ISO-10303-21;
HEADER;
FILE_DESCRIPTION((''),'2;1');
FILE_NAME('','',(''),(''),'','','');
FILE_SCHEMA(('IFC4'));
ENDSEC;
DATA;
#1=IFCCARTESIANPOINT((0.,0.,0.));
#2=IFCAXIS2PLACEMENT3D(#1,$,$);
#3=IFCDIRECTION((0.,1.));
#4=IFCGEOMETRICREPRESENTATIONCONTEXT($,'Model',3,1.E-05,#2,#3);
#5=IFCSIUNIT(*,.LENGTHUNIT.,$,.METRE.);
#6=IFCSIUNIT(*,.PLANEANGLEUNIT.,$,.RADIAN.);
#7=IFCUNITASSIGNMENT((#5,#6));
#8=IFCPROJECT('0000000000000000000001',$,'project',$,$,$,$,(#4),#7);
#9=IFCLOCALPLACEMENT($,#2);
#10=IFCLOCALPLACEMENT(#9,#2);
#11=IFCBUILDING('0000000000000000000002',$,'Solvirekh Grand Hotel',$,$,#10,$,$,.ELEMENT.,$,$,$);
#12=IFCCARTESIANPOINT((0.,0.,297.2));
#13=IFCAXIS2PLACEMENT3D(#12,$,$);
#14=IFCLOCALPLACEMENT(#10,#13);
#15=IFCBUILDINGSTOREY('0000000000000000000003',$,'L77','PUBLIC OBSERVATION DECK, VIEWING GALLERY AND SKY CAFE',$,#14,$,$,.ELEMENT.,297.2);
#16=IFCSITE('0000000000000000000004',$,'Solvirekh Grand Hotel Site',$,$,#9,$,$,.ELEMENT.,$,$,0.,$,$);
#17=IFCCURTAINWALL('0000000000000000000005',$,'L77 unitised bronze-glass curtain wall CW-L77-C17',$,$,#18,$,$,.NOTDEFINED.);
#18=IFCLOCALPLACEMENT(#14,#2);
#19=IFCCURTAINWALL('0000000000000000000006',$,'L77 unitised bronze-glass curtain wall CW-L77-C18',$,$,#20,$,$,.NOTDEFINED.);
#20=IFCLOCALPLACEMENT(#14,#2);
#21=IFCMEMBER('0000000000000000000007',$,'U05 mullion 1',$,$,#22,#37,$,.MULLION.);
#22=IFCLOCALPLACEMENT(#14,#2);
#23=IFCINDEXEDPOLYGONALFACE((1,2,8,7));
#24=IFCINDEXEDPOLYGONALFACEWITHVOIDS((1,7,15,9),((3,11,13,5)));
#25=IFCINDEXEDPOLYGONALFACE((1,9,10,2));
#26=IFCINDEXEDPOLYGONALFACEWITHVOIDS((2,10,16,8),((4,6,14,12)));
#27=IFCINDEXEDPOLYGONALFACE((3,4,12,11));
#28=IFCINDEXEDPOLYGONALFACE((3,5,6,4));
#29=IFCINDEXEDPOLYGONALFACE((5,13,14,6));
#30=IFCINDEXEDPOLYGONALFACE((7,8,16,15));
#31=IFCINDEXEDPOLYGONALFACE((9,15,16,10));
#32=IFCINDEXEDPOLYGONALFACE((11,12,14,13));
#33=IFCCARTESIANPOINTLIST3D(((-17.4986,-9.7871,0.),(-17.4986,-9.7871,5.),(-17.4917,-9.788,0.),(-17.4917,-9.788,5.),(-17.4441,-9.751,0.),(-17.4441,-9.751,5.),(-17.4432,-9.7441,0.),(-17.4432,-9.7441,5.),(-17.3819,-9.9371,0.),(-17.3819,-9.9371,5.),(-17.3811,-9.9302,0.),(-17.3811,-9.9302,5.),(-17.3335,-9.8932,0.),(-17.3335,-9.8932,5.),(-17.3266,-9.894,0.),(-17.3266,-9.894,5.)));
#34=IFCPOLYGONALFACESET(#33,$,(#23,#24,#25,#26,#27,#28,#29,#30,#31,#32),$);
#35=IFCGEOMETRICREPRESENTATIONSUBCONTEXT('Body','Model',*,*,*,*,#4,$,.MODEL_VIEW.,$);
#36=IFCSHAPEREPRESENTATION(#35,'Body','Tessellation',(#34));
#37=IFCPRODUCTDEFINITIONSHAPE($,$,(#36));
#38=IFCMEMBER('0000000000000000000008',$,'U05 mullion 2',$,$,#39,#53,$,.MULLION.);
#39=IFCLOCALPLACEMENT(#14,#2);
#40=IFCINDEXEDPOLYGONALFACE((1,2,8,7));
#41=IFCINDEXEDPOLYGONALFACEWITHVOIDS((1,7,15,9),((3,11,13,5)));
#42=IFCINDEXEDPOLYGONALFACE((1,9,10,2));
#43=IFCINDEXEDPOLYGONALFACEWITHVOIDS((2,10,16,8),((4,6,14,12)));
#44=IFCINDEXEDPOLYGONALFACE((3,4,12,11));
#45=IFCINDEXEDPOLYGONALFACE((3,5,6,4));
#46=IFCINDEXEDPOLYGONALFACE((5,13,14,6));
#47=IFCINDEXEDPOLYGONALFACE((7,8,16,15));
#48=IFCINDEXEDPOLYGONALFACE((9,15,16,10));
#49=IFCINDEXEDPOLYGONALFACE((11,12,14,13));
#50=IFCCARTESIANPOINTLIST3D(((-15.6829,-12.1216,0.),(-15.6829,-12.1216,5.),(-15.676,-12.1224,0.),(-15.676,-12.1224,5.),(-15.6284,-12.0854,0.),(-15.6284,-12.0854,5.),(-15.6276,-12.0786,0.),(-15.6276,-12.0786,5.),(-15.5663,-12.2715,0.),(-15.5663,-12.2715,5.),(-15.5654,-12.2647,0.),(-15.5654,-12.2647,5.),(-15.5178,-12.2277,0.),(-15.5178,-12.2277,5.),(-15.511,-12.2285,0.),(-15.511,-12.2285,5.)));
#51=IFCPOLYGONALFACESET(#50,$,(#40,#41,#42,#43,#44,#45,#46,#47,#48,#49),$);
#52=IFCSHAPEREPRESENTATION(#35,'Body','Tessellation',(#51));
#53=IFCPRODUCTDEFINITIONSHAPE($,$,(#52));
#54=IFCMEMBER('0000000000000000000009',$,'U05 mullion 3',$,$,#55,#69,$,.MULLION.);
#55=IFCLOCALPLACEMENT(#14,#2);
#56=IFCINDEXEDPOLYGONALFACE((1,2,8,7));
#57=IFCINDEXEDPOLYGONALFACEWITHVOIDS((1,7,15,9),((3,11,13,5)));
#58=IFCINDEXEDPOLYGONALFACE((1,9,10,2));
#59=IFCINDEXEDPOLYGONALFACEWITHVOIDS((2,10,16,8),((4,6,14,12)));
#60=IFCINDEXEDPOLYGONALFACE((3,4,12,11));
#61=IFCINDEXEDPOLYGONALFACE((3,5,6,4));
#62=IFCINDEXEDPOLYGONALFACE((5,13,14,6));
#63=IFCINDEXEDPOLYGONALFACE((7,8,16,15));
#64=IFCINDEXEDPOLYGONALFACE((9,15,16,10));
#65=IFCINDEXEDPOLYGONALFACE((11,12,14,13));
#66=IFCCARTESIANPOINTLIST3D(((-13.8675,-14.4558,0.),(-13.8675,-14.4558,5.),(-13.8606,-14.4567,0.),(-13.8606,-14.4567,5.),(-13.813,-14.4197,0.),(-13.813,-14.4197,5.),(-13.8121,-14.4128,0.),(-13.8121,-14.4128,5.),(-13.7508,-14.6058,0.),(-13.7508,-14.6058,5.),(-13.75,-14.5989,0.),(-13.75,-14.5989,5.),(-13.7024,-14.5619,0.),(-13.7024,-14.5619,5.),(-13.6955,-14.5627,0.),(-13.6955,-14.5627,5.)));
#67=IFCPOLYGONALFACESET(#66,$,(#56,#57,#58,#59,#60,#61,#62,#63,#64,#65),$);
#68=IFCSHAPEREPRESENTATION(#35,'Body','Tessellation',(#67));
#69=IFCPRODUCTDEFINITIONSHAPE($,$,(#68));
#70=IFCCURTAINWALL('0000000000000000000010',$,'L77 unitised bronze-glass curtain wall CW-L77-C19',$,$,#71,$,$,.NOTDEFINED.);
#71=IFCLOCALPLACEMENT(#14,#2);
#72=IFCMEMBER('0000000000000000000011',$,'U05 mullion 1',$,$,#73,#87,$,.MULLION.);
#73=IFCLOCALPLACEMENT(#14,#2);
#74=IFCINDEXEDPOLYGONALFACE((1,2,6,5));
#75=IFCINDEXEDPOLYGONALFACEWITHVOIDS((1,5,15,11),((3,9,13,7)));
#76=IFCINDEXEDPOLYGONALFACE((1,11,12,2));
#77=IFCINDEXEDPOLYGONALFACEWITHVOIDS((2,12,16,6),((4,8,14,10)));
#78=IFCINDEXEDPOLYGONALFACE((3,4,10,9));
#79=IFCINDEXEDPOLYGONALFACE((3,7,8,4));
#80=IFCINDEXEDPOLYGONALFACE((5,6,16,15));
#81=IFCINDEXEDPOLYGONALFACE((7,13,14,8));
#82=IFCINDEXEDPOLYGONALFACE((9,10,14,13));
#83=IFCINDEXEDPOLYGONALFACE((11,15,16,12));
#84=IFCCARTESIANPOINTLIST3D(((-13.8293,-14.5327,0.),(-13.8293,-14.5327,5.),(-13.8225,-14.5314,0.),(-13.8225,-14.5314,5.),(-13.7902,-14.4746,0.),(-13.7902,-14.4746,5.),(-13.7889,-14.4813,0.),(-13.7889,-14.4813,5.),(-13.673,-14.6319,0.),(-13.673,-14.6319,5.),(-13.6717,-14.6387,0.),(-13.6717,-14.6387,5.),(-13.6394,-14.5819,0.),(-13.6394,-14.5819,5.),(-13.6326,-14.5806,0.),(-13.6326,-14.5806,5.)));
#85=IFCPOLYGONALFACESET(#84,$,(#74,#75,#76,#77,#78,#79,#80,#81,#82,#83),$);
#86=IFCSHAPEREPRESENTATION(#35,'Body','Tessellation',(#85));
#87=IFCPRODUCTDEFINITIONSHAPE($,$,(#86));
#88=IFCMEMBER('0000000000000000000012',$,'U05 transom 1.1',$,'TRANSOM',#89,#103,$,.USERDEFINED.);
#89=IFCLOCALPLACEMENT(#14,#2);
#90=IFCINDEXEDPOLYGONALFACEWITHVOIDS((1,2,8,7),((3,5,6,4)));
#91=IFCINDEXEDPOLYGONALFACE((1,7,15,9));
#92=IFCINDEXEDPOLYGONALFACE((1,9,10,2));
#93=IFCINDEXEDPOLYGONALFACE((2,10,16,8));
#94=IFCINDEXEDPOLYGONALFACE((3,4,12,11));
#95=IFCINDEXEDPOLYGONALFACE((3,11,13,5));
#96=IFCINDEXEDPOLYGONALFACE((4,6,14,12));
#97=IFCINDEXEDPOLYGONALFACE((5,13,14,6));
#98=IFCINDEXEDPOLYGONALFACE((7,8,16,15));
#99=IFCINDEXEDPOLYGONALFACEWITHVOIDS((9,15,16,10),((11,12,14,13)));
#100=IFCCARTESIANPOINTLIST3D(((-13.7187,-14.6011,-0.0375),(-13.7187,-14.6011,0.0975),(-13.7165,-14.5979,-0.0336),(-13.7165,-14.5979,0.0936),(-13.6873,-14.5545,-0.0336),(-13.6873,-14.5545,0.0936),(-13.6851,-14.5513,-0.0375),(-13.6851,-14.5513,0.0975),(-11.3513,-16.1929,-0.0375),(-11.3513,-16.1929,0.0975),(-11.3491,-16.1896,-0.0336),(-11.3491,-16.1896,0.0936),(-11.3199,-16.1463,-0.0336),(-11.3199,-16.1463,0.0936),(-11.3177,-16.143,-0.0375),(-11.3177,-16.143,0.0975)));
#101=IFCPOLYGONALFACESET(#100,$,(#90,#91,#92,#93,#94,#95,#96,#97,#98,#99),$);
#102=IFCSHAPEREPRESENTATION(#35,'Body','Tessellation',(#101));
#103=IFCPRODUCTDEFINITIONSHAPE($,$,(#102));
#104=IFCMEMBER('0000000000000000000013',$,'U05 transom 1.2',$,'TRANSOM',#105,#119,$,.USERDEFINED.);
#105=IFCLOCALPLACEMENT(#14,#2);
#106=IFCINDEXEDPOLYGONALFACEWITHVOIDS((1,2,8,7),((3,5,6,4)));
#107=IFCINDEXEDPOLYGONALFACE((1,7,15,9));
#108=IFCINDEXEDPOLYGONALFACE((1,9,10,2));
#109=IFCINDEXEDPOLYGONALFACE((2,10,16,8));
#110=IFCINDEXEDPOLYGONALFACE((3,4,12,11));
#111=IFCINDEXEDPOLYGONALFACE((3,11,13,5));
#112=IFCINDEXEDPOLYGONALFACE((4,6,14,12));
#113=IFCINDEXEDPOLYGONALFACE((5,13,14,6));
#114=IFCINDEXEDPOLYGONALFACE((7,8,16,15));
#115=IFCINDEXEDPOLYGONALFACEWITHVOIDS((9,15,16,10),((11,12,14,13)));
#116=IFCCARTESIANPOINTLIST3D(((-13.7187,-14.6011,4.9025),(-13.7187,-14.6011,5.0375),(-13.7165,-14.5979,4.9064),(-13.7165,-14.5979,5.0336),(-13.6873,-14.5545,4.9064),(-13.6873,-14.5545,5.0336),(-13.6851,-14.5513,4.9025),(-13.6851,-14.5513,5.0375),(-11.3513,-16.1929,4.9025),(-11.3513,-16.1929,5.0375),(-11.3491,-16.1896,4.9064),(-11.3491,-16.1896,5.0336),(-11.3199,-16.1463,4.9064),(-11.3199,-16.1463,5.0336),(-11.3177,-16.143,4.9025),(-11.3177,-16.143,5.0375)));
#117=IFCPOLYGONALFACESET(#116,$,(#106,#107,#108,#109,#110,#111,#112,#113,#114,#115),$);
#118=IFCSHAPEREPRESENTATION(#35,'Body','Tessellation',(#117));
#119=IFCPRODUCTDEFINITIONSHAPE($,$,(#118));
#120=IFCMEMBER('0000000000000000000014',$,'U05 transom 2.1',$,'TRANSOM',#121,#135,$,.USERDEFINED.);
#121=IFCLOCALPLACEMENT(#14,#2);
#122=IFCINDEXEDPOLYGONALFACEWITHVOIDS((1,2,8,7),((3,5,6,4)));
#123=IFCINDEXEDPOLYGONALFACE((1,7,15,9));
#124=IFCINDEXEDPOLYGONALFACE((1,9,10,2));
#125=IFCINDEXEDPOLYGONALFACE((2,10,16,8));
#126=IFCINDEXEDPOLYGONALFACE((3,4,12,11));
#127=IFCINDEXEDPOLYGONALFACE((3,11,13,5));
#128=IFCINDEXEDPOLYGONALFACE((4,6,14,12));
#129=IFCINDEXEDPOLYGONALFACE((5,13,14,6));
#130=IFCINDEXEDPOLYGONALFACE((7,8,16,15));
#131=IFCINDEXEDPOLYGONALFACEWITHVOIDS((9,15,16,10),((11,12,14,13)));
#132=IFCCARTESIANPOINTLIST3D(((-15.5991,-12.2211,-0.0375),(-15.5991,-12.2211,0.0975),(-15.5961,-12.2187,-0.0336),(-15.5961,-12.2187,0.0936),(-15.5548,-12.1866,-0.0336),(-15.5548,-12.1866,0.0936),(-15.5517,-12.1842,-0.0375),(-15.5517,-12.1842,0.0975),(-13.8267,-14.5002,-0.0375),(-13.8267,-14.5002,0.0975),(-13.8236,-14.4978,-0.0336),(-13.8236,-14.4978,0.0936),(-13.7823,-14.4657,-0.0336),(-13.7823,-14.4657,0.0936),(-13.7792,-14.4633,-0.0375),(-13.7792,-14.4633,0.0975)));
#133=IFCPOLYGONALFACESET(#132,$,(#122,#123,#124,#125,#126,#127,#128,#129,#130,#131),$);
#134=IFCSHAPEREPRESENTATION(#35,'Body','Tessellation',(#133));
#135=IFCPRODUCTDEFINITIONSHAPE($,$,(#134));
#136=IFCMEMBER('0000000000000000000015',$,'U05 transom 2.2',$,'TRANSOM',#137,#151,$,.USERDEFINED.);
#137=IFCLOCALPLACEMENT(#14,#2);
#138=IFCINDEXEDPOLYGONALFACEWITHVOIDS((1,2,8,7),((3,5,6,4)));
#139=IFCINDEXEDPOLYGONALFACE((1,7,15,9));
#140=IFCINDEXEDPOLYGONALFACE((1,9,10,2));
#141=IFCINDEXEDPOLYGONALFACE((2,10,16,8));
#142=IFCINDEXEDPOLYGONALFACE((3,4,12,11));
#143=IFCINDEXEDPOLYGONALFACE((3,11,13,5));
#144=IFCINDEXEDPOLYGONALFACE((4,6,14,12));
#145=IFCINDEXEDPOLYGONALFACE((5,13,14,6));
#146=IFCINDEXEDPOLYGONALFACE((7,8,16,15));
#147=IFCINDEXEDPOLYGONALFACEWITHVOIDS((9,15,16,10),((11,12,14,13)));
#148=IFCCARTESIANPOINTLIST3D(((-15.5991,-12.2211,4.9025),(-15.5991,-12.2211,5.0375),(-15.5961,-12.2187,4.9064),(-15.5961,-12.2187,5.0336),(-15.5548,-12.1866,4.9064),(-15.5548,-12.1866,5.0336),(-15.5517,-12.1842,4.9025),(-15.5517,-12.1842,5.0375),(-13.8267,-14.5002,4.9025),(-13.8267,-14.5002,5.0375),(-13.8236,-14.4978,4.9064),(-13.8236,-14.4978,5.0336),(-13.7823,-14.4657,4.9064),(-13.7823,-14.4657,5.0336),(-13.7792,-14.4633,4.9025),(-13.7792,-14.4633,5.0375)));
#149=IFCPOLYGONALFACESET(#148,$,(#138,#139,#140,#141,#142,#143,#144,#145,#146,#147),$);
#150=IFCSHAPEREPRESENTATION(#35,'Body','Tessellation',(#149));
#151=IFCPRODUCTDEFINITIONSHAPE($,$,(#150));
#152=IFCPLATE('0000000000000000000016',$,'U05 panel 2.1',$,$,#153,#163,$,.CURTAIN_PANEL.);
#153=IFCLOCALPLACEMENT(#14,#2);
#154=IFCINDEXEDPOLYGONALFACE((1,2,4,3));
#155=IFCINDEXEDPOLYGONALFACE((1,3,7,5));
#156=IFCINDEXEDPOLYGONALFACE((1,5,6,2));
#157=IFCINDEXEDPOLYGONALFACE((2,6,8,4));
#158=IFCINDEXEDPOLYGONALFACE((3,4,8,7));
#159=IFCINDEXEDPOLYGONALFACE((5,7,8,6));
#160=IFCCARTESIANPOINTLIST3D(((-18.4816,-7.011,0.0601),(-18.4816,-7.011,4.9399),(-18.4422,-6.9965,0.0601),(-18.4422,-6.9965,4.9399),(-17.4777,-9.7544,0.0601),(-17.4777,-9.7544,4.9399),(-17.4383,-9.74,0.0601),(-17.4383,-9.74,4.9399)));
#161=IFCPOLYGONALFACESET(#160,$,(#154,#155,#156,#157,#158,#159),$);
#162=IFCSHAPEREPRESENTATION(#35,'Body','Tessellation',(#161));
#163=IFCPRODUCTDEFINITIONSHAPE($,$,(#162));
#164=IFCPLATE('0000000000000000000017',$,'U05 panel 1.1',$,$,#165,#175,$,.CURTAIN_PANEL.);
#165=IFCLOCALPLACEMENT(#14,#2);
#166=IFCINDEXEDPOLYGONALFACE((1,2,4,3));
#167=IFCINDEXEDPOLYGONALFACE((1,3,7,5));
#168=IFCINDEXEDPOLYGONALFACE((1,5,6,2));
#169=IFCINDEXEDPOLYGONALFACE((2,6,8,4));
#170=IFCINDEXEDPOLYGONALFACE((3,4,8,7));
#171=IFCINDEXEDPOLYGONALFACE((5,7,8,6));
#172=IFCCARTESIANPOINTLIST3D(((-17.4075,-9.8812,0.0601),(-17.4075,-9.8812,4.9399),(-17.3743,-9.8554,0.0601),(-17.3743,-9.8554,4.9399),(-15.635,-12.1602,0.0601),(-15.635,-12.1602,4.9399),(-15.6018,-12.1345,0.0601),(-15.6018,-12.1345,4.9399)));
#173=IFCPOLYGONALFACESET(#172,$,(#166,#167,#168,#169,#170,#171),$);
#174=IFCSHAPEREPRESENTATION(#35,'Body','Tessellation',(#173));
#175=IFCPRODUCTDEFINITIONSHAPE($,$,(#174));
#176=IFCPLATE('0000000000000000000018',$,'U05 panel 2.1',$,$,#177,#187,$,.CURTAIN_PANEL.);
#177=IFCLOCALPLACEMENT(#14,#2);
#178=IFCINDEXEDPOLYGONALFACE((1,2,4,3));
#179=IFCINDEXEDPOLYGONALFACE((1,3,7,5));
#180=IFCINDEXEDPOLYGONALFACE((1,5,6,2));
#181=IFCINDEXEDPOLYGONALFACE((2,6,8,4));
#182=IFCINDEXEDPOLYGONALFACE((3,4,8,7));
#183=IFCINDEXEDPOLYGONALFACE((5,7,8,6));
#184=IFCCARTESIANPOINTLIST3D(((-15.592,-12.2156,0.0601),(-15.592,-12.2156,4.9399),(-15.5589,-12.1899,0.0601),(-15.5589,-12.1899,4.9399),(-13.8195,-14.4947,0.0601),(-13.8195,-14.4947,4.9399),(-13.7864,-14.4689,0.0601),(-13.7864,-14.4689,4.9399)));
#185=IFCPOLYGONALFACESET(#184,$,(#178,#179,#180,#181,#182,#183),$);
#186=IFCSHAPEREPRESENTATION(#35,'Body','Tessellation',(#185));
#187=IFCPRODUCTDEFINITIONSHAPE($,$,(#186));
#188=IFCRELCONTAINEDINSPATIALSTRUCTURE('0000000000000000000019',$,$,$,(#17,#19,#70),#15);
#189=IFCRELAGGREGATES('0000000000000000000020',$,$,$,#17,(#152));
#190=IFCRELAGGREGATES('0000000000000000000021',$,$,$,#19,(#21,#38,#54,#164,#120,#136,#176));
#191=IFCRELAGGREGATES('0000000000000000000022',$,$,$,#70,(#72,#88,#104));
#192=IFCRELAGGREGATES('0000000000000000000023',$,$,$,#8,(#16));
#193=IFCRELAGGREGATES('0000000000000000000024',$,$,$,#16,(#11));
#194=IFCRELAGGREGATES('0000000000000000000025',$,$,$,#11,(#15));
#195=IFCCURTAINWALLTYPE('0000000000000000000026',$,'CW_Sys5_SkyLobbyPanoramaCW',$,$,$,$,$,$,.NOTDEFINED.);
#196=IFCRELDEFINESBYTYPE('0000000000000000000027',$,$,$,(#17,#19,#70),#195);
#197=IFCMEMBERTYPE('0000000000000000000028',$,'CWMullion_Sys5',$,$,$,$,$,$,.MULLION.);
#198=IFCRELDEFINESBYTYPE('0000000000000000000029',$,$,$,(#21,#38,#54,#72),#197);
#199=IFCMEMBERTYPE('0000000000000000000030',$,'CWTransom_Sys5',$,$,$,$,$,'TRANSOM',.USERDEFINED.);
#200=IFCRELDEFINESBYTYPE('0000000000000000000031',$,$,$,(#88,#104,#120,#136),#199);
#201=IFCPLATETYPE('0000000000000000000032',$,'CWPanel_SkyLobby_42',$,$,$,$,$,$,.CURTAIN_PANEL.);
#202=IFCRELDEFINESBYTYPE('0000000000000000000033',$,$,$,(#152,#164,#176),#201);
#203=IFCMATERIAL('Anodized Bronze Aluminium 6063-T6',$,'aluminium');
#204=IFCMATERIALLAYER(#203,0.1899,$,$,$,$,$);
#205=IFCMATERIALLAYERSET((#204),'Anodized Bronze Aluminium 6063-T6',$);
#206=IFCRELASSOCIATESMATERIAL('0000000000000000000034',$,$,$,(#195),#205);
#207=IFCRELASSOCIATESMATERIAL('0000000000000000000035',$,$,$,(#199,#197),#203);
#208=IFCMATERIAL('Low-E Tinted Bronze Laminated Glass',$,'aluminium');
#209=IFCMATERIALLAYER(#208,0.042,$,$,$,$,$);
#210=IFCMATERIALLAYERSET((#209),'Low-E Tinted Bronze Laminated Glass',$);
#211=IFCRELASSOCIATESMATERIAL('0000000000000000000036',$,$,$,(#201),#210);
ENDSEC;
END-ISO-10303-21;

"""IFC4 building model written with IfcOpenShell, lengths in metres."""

from ifc_helpers import new_model, si_unit, direction, frame, origin, origin_2d, place, context, subcontext, project, spatial, rectangle, hollow_rectangle, extrude, source, transform, mapped, material, layer, layer_set, material_profile, profile_set, type_object, element, aggregate, save


model = new_model("IFC4")

# Units and contexts
model_context = context("Model", 3, precision=1e-05, world=origin(), true_north=direction((0.0, 1.0)))
body_context = subcontext(model_context, "Body", "Model", "MODEL_VIEW")
ifc_project = project(units=[si_unit("LENGTHUNIT", "METRE"), si_unit("PLANEANGLEUNIT", "RADIAN")], contexts=[model_context])

# Site, building, storey
site_placement = place(None, origin())
site = spatial("IfcSite", under=ifc_project, at=site_placement, Name="Solvirekh Grand Hotel Site", CompositionType="ELEMENT", RefElevation=0.0)
building_placement = place(site_placement, origin())
building = spatial("IfcBuilding", under=site, at=building_placement, Name="Solvirekh Grand Hotel", CompositionType="ELEMENT")
storey_placement = place(building_placement, frame((0.0, 0.0, 297.2)))
storey = spatial("IfcBuildingStorey", under=building, at=storey_placement, Name="L77", Description="PUBLIC OBSERVATION DECK, VIEWING GALLERY AND SKY CAFE", CompositionType="ELEMENT", Elevation=297.2)

# Curtain walls
ifc_material_1 = material(Name="Anodized Bronze Aluminium 6063-T6", Category="aluminium")
ifc_layer_1 = layer(ifc_material_1, 0.1899)
ifc_layer_set_1 = layer_set([ifc_layer_1], Name="Anodized Bronze Aluminium 6063-T6")
curtain_wall_type = type_object("IfcCurtainWallType", Name="CW_Sys5_SkyLobbyPanoramaCW", PredefinedType="NOTDEFINED", material=ifc_layer_set_1)
curtain_wall_1_placement = place(storey_placement, origin())
curtain_wall_1 = element("IfcCurtainWall", 1, at=curtain_wall_1_placement, inside=storey, type_object=curtain_wall_type, Name="L77 unitised bronze-glass curtain wall CW-L77-C17", PredefinedType="NOTDEFINED")
ifc_material_profile_1 = material_profile(ifc_material_1, hollow_rectangle(XDim=0.0601, YDim=0.135, WallThickness=0.0039, at=origin_2d()), Name="ALU RHS 135X60X4")
ifc_profile_set_1 = profile_set([ifc_material_profile_1], Name="Anodized Bronze Aluminium 6063-T6")
member_type_1 = type_object("IfcMemberType", Name="CWTransom_Sys5", ElementType="TRANSOM", PredefinedType="USERDEFINED", material=ifc_profile_set_1)
curtain_wall_2_placement = place(storey_placement, origin())
curtain_wall_2 = element("IfcCurtainWall", 2, at=curtain_wall_2_placement, inside=storey, type_object=curtain_wall_type, Name="L77 unitised bronze-glass curtain wall CW-L77-C18", PredefinedType="NOTDEFINED")

# Members
ifc_material_profile_2 = material_profile(ifc_material_1, hollow_rectangle(XDim=0.0701, YDim=0.1899, WallThickness=0.0049, at=origin_2d()), Name="ALU RHS 190X70X5")
ifc_profile_set_2 = profile_set([ifc_material_profile_2], Name="Anodized Bronze Aluminium 6063-T6")
member_type_2 = type_object("IfcMemberType", Name="CWMullion_Sys5", PredefinedType="MULLION", material=ifc_profile_set_2)
shared_shape_1 = source(origin(), body_context, "Body", "SweptSolid", [
    extrude(hollow_rectangle(XDim=0.0701, YDim=0.1899, WallThickness=0.0049, at=origin_2d()), origin(), (0.0, 0.0, 1.0), 5.0),
])
member_1_placement = place(storey_placement, frame((-17.4126, -9.8406, 0.0), z_axis=(0.0, 0.0, 1.0), x_axis=(0.78937, 0.613917, 0.0)))
member_1 = element("IfcMember", 3, at=member_1_placement, type_object=member_type_2, Name="U05 mullion 1", PredefinedType="MULLION", context=body_context, shape_type="MappedRepresentation", body=[
    mapped(shared_shape_1, transform((0.0, 0.0, 0.0), x_axis=(1.0, 0.0, 0.0), y_axis=(0.0, 1.0, 0.0), z_axis=(0.0, 0.0, 1.0), scale=1.0)),
])
member_2_placement = place(storey_placement, frame((-15.5969, -12.175, 0.0), z_axis=(0.0, 0.0, 1.0), x_axis=(0.78937, 0.613917, 0.0)))
member_2 = element("IfcMember", 4, at=member_2_placement, type_object=member_type_2, Name="U05 mullion 2", PredefinedType="MULLION", context=body_context, shape_type="MappedRepresentation", body=[
    mapped(shared_shape_1, transform((0.0, 0.0, 0.0), x_axis=(1.0, 0.0, 0.0), y_axis=(0.0, 1.0, 0.0), z_axis=(0.0, 0.0, 1.0), scale=1.0)),
])
member_3_placement = place(storey_placement, frame((-13.7815, -14.5093, 0.0), z_axis=(0.0, 0.0, 1.0), x_axis=(0.78937, 0.613917, 0.0)))
member_3 = element("IfcMember", 5, at=member_3_placement, type_object=member_type_2, Name="U05 mullion 3", PredefinedType="MULLION", context=body_context, shape_type="MappedRepresentation", body=[
    mapped(shared_shape_1, transform((0.0, 0.0, 0.0), x_axis=(1.0, 0.0, 0.0), y_axis=(0.0, 1.0, 0.0), z_axis=(0.0, 0.0, 1.0), scale=1.0)),
])

# Curtain wall, members
curtain_wall_3_placement = place(storey_placement, origin())
curtain_wall_3 = element("IfcCurtainWall", 6, at=curtain_wall_3_placement, inside=storey, type_object=curtain_wall_type, Name="L77 unitised bronze-glass curtain wall CW-L77-C19", PredefinedType="NOTDEFINED")
member_4_placement = place(storey_placement, frame((-13.731, -14.5566, 0.0), z_axis=(0.0, 0.0, 1.0), x_axis=(0.558012, 0.829833, 0.0)))
member_4 = element("IfcMember", 7, at=member_4_placement, type_object=member_type_2, Name="U05 mullion 1", PredefinedType="MULLION", context=body_context, shape_type="MappedRepresentation", body=[
    mapped(shared_shape_1, transform((0.0, 0.0, 0.0), x_axis=(1.0, 0.0, 0.0), y_axis=(0.0, 1.0, 0.0), z_axis=(0.0, 0.0, 1.0), scale=1.0)),
])
shared_shape_2 = source(origin(), body_context, "Body", "SweptSolid", [
    extrude(hollow_rectangle(XDim=0.0601, YDim=0.135, WallThickness=0.0039, at=origin_2d()), origin(), (0.0, 0.0, 1.0), 2.8528),
])
member_5_placement = place(storey_placement, frame((-13.7019, -14.5762, 0.03), z_axis=(0.829858, -0.557974, 0.0), x_axis=(0.557974, 0.829858, 0.0)))
member_5 = element("IfcMember", 8, at=member_5_placement, type_object=member_type_1, Name="U05 transom 1.1", ObjectType="TRANSOM", PredefinedType="USERDEFINED", context=body_context, shape_type="MappedRepresentation", body=[
    mapped(shared_shape_2, transform((0.0, 0.0, 0.0), x_axis=(1.0, 0.0, 0.0), y_axis=(0.0, 1.0, 0.0), z_axis=(0.0, 0.0, 1.0), scale=1.0)),
])
member_6_placement = place(storey_placement, frame((-13.7019, -14.5762, 4.97), z_axis=(0.829858, -0.557974, 0.0), x_axis=(0.557974, 0.829858, 0.0)))
member_6 = element("IfcMember", 9, at=member_6_placement, type_object=member_type_1, Name="U05 transom 1.2", ObjectType="TRANSOM", PredefinedType="USERDEFINED", context=body_context, shape_type="MappedRepresentation", body=[
    mapped(shared_shape_2, transform((0.0, 0.0, 0.0), x_axis=(1.0, 0.0, 0.0), y_axis=(0.0, 1.0, 0.0), z_axis=(0.0, 0.0, 1.0), scale=1.0)),
])

# Members
shared_shape_3 = source(origin(), body_context, "Body", "SweptSolid", [
    extrude(hollow_rectangle(XDim=0.0601, YDim=0.135, WallThickness=0.0039, at=origin_2d()), origin(), (0.0, 0.0, 1.0), 2.8872),
])
member_7_placement = place(storey_placement, frame((-15.5754, -12.2026, 0.03), z_axis=(0.613911, -0.789375, 0.0), x_axis=(0.789375, 0.613911, 0.0)))
member_7 = element("IfcMember", 10, at=member_7_placement, type_object=member_type_1, Name="U05 transom 2.1", ObjectType="TRANSOM", PredefinedType="USERDEFINED", context=body_context, shape_type="MappedRepresentation", body=[
    mapped(shared_shape_3, transform((0.0, 0.0, 0.0), x_axis=(1.0, 0.0, 0.0), y_axis=(0.0, 1.0, 0.0), z_axis=(0.0, 0.0, 1.0), scale=1.0)),
])
member_8_placement = place(storey_placement, frame((-15.5754, -12.2026, 4.97), z_axis=(0.613911, -0.789375, 0.0), x_axis=(0.789375, 0.613911, 0.0)))
member_8 = element("IfcMember", 11, at=member_8_placement, type_object=member_type_1, Name="U05 transom 2.2", ObjectType="TRANSOM", PredefinedType="USERDEFINED", context=body_context, shape_type="MappedRepresentation", body=[
    mapped(shared_shape_3, transform((0.0, 0.0, 0.0), x_axis=(1.0, 0.0, 0.0), y_axis=(0.0, 1.0, 0.0), z_axis=(0.0, 0.0, 1.0), scale=1.0)),
])

# Plates
ifc_material_2 = material(Name="Low-E Tinted Bronze Laminated Glass", Category="aluminium")
ifc_layer_2 = layer(ifc_material_2, 0.042)
ifc_layer_set_2 = layer_set([ifc_layer_2], Name="Low-E Tinted Bronze Laminated Glass")
plate_type = type_object("IfcPlateType", Name="CWPanel_SkyLobby_42", PredefinedType="CURTAIN_PANEL", material=ifc_layer_set_2)
shared_shape_4 = source(origin(), body_context, "Body", "SweptSolid", [
    extrude(rectangle(XDim=2.9214, YDim=0.042, at=origin_2d()), origin(), (0.0, 0.0, 1.0), 4.8799),
])
plate_1_placement = place(storey_placement, frame((-17.96, -8.3755, 0.0601), z_axis=(0.0, 0.0, 1.0), x_axis=(0.343653, -0.939097, 0.0)))
plate_1 = element("IfcPlate", 12, at=plate_1_placement, type_object=plate_type, Name="U05 panel 2.1", PredefinedType="CURTAIN_PANEL", context=body_context, shape_type="MappedRepresentation", body=[
    mapped(shared_shape_4, transform((0.0, 0.0, 0.0), x_axis=(1.0, 0.0, 0.0), y_axis=(0.0, 1.0, 0.0), z_axis=(0.0, 0.0, 1.0), scale=1.0)),
])
aggregate(curtain_wall_1, [plate_1])
shared_shape_5 = source(origin(), body_context, "Body", "SweptSolid", [
    extrude(rectangle(XDim=2.8872, YDim=0.042, at=origin_2d()), origin(), (0.0, 0.0, 1.0), 4.8799),
])
plate_2_placement = place(storey_placement, frame((-16.5046, -11.0078, 0.0601), z_axis=(0.0, 0.0, 1.0), x_axis=(0.613917, -0.78937, 0.0)))
plate_2 = element("IfcPlate", 13, at=plate_2_placement, type_object=plate_type, Name="U05 panel 1.1", PredefinedType="CURTAIN_PANEL", context=body_context, shape_type="MappedRepresentation", body=[
    mapped(shared_shape_5, transform((0.0, 0.0, 0.0), x_axis=(1.0, 0.0, 0.0), y_axis=(0.0, 1.0, 0.0), z_axis=(0.0, 0.0, 1.0), scale=1.0)),
])
plate_3_placement = place(storey_placement, frame((-14.6892, -13.3423, 0.0601), z_axis=(0.0, 0.0, 1.0), x_axis=(0.613917, -0.78937, 0.0)))
plate_3 = element("IfcPlate", 14, at=plate_3_placement, type_object=plate_type, Name="U05 panel 2.1", PredefinedType="CURTAIN_PANEL", context=body_context, shape_type="MappedRepresentation", body=[
    mapped(shared_shape_5, transform((0.0, 0.0, 0.0), x_axis=(1.0, 0.0, 0.0), y_axis=(0.0, 1.0, 0.0), z_axis=(0.0, 0.0, 1.0), scale=1.0)),
])
aggregate(curtain_wall_2, [member_1, member_2, member_3, plate_2, member_7, member_8, plate_3])
aggregate(curtain_wall_3, [member_4, member_5, member_6])

save(model, "model.ifc")
